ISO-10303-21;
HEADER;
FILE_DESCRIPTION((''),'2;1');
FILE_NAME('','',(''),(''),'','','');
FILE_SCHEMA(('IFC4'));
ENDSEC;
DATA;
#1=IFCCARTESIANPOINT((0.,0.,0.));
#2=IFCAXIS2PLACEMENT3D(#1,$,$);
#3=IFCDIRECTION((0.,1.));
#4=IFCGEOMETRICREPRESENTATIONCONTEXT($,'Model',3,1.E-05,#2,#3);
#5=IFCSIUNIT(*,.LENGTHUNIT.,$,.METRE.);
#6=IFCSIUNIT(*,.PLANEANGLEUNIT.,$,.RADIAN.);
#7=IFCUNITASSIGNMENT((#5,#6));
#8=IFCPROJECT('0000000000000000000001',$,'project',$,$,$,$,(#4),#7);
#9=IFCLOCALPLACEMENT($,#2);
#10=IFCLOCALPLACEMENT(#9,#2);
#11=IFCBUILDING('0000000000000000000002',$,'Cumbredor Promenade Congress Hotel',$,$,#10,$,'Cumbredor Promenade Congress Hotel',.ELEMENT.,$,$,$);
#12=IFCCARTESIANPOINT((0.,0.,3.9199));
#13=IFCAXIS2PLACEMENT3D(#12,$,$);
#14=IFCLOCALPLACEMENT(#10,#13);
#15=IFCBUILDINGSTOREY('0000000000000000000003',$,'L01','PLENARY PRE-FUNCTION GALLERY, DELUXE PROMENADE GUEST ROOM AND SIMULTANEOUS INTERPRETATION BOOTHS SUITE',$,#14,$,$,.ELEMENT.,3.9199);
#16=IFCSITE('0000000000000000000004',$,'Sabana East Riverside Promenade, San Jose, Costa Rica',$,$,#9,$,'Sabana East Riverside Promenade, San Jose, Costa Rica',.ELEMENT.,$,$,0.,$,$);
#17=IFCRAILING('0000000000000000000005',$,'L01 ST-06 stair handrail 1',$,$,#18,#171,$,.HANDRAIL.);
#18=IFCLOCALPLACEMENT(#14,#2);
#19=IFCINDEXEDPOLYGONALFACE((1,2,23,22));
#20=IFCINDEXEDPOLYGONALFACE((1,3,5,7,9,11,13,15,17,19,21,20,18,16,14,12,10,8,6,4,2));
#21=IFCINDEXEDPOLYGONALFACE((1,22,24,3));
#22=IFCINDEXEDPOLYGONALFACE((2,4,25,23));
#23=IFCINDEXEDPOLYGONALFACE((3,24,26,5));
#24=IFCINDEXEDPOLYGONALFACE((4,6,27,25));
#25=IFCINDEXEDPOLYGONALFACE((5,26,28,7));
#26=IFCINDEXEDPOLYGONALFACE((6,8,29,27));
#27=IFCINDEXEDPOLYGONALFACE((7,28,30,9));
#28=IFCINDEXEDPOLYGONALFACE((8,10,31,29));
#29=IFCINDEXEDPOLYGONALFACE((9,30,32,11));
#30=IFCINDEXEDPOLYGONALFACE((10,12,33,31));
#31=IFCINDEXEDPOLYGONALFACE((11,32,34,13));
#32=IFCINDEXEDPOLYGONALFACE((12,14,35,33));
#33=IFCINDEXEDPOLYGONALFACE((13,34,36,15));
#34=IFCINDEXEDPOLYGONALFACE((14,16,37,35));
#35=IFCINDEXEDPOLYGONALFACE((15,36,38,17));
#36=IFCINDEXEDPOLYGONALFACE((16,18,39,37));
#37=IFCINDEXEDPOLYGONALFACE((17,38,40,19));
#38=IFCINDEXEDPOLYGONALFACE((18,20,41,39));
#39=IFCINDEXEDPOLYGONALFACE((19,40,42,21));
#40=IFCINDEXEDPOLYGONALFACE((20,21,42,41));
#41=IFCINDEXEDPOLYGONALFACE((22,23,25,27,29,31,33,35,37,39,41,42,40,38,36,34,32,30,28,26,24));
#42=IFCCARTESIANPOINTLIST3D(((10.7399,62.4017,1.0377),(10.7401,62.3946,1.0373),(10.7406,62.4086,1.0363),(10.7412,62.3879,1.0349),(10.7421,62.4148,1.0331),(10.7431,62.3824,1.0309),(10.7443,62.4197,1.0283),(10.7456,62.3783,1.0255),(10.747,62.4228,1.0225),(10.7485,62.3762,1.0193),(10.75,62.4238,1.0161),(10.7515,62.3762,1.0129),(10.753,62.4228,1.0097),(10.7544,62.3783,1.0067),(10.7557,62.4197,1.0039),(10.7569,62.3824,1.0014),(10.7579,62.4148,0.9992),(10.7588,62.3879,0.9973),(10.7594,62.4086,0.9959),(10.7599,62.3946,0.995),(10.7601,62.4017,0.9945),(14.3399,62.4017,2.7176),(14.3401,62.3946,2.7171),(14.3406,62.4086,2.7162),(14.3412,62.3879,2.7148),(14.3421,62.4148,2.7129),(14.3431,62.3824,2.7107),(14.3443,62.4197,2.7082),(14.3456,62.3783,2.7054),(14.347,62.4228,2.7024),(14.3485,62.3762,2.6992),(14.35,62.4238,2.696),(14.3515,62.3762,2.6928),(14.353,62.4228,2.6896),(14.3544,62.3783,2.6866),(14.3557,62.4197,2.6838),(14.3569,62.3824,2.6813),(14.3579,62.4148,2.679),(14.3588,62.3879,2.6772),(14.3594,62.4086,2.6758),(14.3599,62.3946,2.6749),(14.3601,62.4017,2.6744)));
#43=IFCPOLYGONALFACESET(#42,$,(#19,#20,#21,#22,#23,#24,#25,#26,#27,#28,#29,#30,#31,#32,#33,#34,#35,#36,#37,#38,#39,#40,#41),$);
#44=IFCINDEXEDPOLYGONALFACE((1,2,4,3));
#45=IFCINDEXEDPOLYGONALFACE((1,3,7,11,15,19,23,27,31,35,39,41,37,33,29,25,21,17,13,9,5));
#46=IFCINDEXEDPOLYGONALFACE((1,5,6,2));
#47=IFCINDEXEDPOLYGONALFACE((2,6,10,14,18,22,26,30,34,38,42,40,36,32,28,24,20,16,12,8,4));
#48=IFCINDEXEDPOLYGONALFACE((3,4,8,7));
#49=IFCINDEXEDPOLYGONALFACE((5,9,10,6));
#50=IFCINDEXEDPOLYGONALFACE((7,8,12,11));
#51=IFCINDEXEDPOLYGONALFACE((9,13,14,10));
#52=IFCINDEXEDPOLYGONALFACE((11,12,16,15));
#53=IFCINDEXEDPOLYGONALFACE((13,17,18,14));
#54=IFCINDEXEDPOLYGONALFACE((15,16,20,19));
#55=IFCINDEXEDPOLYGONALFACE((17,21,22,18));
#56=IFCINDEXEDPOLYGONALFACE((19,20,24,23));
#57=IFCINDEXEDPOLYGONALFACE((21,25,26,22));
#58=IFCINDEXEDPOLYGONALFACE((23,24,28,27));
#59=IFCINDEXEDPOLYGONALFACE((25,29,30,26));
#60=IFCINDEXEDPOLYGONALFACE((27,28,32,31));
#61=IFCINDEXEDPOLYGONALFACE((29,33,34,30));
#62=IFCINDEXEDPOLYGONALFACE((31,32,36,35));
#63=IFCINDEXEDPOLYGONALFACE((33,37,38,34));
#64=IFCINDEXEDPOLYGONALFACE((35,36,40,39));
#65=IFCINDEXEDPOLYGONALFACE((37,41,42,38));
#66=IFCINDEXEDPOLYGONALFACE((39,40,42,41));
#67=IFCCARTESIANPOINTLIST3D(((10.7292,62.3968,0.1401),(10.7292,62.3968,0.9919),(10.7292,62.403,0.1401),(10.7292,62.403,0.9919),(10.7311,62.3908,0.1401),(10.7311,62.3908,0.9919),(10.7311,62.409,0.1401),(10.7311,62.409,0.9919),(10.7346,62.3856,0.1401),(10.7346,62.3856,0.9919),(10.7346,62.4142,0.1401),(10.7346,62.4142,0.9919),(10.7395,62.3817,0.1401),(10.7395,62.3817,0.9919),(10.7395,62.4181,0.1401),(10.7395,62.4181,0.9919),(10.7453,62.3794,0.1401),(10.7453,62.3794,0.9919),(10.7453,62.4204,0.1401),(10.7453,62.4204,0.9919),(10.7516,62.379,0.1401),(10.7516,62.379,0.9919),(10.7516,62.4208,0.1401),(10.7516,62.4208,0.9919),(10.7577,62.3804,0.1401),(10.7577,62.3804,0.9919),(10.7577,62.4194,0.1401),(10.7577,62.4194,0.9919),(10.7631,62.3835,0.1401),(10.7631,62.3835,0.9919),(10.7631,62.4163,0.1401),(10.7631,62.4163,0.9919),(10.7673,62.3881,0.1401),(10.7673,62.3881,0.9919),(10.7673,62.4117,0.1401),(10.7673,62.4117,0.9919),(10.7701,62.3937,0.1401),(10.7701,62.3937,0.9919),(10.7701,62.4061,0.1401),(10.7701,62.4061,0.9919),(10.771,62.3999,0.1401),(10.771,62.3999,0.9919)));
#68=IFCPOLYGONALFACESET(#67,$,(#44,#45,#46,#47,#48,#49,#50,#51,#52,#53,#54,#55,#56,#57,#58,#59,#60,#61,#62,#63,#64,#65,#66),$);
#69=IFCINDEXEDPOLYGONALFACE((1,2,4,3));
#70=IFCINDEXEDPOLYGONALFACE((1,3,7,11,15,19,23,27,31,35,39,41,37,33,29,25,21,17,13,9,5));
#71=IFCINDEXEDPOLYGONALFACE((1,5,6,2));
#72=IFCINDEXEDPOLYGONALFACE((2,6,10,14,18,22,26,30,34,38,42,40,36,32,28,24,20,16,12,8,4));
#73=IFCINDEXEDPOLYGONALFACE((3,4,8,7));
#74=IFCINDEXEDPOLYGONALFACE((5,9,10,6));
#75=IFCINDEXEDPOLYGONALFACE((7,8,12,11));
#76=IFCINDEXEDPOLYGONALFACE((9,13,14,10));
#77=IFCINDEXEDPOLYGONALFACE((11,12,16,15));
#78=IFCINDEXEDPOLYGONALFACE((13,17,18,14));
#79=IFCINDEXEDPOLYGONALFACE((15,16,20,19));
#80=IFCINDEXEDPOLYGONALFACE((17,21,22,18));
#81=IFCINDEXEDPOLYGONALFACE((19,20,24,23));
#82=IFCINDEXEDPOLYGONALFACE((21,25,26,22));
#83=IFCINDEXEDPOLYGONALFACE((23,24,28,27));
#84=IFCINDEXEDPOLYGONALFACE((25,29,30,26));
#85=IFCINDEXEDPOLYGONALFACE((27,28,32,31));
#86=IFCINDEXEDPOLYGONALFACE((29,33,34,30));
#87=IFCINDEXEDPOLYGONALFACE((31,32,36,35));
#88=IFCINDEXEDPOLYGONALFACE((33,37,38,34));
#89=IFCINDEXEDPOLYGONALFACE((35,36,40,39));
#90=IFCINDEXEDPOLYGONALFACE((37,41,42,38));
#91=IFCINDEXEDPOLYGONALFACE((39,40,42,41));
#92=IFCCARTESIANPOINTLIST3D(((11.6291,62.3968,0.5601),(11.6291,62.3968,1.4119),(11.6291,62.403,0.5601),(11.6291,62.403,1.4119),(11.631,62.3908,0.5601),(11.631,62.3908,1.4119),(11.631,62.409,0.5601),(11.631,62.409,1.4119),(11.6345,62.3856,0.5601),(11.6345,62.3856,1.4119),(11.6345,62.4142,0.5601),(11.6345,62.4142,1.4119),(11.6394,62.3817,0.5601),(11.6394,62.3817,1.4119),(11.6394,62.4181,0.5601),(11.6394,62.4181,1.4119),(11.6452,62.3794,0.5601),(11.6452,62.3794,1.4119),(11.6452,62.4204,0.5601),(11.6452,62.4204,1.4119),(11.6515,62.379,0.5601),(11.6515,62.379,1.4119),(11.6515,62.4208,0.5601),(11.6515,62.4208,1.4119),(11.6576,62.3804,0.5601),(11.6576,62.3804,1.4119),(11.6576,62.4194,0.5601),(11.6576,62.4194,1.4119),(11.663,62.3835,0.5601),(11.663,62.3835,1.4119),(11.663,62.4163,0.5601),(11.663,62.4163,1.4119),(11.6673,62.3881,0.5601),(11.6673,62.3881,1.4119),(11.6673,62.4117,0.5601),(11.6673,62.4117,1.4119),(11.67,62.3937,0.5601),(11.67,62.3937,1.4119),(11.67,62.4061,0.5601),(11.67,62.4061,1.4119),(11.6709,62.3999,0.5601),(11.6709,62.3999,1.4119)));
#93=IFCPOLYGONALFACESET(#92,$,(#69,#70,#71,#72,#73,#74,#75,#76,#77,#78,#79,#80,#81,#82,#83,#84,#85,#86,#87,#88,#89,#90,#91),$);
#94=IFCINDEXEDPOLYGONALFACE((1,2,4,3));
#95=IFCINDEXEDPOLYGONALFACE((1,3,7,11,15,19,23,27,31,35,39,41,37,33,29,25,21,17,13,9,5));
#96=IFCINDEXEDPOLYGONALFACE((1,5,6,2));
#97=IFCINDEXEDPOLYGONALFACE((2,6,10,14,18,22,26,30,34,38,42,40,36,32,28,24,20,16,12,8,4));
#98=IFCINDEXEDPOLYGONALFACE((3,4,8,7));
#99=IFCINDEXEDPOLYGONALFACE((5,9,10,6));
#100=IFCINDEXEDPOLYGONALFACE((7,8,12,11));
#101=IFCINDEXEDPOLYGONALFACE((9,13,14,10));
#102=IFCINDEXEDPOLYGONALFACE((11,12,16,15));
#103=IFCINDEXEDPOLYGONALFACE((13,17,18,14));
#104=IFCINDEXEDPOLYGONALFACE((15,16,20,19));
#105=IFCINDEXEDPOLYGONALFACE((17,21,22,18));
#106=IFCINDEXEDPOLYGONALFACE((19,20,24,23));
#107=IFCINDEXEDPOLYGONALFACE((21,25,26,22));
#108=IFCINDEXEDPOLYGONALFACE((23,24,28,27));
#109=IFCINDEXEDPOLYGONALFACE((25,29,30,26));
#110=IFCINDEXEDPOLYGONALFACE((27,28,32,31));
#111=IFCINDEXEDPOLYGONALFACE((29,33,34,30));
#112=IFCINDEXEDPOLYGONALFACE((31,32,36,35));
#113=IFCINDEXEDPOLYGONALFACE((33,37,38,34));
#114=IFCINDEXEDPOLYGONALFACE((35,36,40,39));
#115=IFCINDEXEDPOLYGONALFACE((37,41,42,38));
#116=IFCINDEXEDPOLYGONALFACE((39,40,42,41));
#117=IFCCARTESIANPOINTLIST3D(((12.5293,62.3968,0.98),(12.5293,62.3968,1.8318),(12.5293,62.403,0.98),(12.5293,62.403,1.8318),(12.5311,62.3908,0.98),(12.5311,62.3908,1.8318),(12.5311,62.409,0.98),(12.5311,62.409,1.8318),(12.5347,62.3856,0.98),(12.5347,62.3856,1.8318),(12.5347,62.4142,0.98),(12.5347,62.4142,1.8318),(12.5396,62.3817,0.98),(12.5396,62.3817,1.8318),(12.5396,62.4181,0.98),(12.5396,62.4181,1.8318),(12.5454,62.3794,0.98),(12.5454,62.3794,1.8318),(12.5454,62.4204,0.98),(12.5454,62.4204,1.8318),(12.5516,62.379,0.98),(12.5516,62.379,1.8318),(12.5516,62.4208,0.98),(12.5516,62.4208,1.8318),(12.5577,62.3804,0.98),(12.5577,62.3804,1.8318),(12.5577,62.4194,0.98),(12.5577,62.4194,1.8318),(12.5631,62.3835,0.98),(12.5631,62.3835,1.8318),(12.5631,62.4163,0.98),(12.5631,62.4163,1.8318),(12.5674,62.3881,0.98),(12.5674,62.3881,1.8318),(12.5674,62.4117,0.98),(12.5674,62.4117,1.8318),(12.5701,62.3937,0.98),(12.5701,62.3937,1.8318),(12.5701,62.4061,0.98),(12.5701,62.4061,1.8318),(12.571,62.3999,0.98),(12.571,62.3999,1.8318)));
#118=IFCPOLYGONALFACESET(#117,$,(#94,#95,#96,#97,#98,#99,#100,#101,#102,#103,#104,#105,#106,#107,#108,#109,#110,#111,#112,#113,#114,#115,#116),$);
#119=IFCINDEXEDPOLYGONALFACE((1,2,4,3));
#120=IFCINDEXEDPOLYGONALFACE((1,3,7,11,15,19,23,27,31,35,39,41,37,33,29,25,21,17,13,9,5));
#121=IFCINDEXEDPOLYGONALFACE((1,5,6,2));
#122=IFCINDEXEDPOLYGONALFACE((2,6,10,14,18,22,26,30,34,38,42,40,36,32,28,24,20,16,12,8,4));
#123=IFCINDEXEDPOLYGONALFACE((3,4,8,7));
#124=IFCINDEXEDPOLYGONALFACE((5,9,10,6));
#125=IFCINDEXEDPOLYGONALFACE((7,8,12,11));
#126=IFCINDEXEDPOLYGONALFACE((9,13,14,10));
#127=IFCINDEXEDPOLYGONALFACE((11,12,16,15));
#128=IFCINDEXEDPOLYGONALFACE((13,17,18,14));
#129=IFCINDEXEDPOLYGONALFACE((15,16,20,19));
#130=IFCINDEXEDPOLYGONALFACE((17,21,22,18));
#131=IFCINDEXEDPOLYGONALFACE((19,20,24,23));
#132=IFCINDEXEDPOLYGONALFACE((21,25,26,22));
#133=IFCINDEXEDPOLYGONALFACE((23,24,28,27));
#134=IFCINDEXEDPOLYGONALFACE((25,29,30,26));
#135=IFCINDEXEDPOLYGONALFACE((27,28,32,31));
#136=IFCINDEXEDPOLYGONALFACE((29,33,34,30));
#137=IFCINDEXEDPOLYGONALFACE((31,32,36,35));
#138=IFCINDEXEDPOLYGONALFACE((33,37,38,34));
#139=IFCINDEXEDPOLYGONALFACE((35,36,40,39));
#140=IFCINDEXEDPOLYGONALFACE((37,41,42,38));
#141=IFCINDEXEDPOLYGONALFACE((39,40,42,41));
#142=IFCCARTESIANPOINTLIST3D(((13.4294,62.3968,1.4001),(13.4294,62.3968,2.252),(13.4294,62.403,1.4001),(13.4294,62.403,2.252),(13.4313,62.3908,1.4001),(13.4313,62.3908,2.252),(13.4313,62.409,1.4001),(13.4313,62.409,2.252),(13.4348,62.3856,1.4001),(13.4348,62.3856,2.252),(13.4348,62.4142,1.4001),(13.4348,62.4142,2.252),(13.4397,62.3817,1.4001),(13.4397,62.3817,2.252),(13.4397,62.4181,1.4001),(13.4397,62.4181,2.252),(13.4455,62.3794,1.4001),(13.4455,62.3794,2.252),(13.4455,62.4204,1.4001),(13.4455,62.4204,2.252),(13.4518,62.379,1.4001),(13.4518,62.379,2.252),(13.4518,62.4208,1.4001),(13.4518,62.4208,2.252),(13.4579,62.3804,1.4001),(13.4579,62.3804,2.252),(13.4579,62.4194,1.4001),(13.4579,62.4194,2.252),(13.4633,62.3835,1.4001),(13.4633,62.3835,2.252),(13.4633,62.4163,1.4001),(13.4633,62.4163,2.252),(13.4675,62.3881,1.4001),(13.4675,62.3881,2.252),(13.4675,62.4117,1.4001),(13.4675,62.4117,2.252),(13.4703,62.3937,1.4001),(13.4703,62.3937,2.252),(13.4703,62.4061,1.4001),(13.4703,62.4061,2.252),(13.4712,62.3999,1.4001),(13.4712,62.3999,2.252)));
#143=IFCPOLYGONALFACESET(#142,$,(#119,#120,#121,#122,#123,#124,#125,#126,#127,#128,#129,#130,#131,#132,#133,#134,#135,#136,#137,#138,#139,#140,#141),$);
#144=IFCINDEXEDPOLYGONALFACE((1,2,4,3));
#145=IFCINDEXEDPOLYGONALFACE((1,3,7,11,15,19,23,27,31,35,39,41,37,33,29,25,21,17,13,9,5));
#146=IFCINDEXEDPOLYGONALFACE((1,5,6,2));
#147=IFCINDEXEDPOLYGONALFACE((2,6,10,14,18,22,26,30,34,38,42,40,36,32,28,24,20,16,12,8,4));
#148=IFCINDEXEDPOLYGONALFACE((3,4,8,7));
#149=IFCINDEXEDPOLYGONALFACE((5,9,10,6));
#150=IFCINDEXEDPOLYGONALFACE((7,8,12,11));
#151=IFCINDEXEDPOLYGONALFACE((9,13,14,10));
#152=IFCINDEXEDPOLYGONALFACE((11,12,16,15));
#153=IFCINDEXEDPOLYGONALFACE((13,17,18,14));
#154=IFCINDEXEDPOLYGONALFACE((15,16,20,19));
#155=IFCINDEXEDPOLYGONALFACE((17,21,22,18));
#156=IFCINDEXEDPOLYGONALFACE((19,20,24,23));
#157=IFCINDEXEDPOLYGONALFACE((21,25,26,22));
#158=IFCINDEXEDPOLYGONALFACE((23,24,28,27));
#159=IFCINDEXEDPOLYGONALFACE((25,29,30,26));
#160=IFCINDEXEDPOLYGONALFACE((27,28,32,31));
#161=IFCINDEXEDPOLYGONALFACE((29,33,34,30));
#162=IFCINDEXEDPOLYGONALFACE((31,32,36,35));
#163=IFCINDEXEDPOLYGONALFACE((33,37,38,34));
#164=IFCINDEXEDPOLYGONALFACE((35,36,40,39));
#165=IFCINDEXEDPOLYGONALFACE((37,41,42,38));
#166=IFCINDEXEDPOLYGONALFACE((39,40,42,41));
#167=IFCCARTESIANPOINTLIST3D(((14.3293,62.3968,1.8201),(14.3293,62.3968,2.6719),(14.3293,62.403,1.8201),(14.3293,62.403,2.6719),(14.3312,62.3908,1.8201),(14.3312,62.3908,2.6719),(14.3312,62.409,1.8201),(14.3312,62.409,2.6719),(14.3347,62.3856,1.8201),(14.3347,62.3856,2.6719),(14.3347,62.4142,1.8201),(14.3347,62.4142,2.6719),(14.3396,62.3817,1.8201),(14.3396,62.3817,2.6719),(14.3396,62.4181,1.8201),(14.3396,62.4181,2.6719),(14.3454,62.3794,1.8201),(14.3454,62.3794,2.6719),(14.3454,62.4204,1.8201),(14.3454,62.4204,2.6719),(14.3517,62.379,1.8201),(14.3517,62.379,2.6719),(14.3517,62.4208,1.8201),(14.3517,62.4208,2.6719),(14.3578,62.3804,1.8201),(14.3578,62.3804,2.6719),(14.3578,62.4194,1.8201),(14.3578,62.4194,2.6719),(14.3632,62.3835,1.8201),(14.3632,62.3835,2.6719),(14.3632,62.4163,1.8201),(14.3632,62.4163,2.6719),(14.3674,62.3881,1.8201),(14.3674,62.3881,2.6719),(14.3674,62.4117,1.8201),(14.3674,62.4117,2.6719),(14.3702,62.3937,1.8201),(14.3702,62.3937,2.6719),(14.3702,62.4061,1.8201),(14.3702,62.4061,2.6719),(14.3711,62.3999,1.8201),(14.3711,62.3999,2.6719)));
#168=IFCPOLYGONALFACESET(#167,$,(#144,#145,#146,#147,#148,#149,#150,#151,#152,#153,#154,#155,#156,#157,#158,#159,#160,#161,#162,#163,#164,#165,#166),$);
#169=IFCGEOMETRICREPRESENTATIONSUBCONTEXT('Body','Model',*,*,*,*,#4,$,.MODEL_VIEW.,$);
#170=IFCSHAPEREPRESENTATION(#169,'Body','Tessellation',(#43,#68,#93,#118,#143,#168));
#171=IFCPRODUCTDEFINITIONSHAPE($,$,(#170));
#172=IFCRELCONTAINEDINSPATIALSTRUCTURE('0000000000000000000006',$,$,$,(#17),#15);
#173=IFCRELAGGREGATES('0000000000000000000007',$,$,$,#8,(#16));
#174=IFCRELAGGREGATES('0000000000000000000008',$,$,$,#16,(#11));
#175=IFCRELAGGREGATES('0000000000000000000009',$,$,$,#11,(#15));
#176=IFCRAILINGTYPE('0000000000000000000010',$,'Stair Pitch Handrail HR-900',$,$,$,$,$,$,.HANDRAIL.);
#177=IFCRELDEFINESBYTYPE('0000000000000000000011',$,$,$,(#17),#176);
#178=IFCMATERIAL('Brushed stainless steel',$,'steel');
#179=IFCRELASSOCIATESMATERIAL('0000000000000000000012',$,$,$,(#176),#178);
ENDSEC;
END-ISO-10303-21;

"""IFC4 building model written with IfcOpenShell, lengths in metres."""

from ifc_helpers import new_model, si_unit, direction, frame, origin, origin_2d, place, context, subcontext, project, spatial, circle, extrude, material, type_object, element, save


model = new_model("IFC4")

# Units and contexts
model_context = context("Model", 3, precision=1e-05, world=origin(), true_north=direction((0.0, 1.0)))
body_context = subcontext(model_context, "Body", "Model", "MODEL_VIEW")
ifc_project = project(units=[si_unit("LENGTHUNIT", "METRE"), si_unit("PLANEANGLEUNIT", "RADIAN")], contexts=[model_context])

# Site, building, storey
site_placement = place(None, origin())
site = spatial("IfcSite", under=ifc_project, at=site_placement, Name="Sabana East Riverside Promenade, San Jose, Costa Rica", LongName="Sabana East Riverside Promenade, San Jose, Costa Rica", CompositionType="ELEMENT", RefElevation=0.0)
building_placement = place(site_placement, origin())
building = spatial("IfcBuilding", under=site, at=building_placement, Name="Cumbredor Promenade Congress Hotel", LongName="Cumbredor Promenade Congress Hotel", CompositionType="ELEMENT")
storey_placement = place(building_placement, frame((0.0, 0.0, 3.9199)))
storey = spatial("IfcBuildingStorey", under=building, at=storey_placement, Name="L01", Description="PLENARY PRE-FUNCTION GALLERY, DELUXE PROMENADE GUEST ROOM AND SIMULTANEOUS INTERPRETATION BOOTHS SUITE", CompositionType="ELEMENT", Elevation=3.9199)

# Railing
ifc_material_1 = material(Name="Brushed stainless steel", Category="steel")
railing_type_1 = type_object("IfcRailingType", Name="Stair Pitch Handrail HR-900", PredefinedType="HANDRAIL", material=ifc_material_1)
railing_1_placement = place(storey_placement, frame((10.75, 62.3999, 0.1401)))
element("IfcRailing", 1, at=railing_1_placement, inside=storey, type_object=railing_type_1, Name="L01 ST-06 stair handrail 1", PredefinedType="HANDRAIL", context=body_context, shape_type="SweptSolid", body=[
    extrude(circle(Radius=0.0239, at=origin_2d()), frame((0.0, 0.0, 0.876), z_axis=(0.906194, 0.0, 0.422862), x_axis=(0.0, 1.0, 0.0)), (0.0, 0.0, 1.0), 3.9727),
    extrude(circle(Radius=0.021, at=origin_2d()), origin(), (0.0, 0.0, 1.0), 0.8518),
    extrude(circle(Radius=0.021, at=origin_2d()), frame((0.8999, 0.0, 0.4199)), (0.0, 0.0, 1.0), 0.8518),
    extrude(circle(Radius=0.021, at=origin_2d()), frame((1.8, 0.0, 0.8398)), (0.0, 0.0, 1.0), 0.8518),
    extrude(circle(Radius=0.021, at=origin_2d()), frame((2.7002, 0.0, 1.26)), (0.0, 0.0, 1.0), 0.8518),
    extrude(circle(Radius=0.021, at=origin_2d()), frame((3.6001, 0.0, 1.6799)), (0.0, 0.0, 1.0), 0.8518),
])

save(model, "model.ifc")
